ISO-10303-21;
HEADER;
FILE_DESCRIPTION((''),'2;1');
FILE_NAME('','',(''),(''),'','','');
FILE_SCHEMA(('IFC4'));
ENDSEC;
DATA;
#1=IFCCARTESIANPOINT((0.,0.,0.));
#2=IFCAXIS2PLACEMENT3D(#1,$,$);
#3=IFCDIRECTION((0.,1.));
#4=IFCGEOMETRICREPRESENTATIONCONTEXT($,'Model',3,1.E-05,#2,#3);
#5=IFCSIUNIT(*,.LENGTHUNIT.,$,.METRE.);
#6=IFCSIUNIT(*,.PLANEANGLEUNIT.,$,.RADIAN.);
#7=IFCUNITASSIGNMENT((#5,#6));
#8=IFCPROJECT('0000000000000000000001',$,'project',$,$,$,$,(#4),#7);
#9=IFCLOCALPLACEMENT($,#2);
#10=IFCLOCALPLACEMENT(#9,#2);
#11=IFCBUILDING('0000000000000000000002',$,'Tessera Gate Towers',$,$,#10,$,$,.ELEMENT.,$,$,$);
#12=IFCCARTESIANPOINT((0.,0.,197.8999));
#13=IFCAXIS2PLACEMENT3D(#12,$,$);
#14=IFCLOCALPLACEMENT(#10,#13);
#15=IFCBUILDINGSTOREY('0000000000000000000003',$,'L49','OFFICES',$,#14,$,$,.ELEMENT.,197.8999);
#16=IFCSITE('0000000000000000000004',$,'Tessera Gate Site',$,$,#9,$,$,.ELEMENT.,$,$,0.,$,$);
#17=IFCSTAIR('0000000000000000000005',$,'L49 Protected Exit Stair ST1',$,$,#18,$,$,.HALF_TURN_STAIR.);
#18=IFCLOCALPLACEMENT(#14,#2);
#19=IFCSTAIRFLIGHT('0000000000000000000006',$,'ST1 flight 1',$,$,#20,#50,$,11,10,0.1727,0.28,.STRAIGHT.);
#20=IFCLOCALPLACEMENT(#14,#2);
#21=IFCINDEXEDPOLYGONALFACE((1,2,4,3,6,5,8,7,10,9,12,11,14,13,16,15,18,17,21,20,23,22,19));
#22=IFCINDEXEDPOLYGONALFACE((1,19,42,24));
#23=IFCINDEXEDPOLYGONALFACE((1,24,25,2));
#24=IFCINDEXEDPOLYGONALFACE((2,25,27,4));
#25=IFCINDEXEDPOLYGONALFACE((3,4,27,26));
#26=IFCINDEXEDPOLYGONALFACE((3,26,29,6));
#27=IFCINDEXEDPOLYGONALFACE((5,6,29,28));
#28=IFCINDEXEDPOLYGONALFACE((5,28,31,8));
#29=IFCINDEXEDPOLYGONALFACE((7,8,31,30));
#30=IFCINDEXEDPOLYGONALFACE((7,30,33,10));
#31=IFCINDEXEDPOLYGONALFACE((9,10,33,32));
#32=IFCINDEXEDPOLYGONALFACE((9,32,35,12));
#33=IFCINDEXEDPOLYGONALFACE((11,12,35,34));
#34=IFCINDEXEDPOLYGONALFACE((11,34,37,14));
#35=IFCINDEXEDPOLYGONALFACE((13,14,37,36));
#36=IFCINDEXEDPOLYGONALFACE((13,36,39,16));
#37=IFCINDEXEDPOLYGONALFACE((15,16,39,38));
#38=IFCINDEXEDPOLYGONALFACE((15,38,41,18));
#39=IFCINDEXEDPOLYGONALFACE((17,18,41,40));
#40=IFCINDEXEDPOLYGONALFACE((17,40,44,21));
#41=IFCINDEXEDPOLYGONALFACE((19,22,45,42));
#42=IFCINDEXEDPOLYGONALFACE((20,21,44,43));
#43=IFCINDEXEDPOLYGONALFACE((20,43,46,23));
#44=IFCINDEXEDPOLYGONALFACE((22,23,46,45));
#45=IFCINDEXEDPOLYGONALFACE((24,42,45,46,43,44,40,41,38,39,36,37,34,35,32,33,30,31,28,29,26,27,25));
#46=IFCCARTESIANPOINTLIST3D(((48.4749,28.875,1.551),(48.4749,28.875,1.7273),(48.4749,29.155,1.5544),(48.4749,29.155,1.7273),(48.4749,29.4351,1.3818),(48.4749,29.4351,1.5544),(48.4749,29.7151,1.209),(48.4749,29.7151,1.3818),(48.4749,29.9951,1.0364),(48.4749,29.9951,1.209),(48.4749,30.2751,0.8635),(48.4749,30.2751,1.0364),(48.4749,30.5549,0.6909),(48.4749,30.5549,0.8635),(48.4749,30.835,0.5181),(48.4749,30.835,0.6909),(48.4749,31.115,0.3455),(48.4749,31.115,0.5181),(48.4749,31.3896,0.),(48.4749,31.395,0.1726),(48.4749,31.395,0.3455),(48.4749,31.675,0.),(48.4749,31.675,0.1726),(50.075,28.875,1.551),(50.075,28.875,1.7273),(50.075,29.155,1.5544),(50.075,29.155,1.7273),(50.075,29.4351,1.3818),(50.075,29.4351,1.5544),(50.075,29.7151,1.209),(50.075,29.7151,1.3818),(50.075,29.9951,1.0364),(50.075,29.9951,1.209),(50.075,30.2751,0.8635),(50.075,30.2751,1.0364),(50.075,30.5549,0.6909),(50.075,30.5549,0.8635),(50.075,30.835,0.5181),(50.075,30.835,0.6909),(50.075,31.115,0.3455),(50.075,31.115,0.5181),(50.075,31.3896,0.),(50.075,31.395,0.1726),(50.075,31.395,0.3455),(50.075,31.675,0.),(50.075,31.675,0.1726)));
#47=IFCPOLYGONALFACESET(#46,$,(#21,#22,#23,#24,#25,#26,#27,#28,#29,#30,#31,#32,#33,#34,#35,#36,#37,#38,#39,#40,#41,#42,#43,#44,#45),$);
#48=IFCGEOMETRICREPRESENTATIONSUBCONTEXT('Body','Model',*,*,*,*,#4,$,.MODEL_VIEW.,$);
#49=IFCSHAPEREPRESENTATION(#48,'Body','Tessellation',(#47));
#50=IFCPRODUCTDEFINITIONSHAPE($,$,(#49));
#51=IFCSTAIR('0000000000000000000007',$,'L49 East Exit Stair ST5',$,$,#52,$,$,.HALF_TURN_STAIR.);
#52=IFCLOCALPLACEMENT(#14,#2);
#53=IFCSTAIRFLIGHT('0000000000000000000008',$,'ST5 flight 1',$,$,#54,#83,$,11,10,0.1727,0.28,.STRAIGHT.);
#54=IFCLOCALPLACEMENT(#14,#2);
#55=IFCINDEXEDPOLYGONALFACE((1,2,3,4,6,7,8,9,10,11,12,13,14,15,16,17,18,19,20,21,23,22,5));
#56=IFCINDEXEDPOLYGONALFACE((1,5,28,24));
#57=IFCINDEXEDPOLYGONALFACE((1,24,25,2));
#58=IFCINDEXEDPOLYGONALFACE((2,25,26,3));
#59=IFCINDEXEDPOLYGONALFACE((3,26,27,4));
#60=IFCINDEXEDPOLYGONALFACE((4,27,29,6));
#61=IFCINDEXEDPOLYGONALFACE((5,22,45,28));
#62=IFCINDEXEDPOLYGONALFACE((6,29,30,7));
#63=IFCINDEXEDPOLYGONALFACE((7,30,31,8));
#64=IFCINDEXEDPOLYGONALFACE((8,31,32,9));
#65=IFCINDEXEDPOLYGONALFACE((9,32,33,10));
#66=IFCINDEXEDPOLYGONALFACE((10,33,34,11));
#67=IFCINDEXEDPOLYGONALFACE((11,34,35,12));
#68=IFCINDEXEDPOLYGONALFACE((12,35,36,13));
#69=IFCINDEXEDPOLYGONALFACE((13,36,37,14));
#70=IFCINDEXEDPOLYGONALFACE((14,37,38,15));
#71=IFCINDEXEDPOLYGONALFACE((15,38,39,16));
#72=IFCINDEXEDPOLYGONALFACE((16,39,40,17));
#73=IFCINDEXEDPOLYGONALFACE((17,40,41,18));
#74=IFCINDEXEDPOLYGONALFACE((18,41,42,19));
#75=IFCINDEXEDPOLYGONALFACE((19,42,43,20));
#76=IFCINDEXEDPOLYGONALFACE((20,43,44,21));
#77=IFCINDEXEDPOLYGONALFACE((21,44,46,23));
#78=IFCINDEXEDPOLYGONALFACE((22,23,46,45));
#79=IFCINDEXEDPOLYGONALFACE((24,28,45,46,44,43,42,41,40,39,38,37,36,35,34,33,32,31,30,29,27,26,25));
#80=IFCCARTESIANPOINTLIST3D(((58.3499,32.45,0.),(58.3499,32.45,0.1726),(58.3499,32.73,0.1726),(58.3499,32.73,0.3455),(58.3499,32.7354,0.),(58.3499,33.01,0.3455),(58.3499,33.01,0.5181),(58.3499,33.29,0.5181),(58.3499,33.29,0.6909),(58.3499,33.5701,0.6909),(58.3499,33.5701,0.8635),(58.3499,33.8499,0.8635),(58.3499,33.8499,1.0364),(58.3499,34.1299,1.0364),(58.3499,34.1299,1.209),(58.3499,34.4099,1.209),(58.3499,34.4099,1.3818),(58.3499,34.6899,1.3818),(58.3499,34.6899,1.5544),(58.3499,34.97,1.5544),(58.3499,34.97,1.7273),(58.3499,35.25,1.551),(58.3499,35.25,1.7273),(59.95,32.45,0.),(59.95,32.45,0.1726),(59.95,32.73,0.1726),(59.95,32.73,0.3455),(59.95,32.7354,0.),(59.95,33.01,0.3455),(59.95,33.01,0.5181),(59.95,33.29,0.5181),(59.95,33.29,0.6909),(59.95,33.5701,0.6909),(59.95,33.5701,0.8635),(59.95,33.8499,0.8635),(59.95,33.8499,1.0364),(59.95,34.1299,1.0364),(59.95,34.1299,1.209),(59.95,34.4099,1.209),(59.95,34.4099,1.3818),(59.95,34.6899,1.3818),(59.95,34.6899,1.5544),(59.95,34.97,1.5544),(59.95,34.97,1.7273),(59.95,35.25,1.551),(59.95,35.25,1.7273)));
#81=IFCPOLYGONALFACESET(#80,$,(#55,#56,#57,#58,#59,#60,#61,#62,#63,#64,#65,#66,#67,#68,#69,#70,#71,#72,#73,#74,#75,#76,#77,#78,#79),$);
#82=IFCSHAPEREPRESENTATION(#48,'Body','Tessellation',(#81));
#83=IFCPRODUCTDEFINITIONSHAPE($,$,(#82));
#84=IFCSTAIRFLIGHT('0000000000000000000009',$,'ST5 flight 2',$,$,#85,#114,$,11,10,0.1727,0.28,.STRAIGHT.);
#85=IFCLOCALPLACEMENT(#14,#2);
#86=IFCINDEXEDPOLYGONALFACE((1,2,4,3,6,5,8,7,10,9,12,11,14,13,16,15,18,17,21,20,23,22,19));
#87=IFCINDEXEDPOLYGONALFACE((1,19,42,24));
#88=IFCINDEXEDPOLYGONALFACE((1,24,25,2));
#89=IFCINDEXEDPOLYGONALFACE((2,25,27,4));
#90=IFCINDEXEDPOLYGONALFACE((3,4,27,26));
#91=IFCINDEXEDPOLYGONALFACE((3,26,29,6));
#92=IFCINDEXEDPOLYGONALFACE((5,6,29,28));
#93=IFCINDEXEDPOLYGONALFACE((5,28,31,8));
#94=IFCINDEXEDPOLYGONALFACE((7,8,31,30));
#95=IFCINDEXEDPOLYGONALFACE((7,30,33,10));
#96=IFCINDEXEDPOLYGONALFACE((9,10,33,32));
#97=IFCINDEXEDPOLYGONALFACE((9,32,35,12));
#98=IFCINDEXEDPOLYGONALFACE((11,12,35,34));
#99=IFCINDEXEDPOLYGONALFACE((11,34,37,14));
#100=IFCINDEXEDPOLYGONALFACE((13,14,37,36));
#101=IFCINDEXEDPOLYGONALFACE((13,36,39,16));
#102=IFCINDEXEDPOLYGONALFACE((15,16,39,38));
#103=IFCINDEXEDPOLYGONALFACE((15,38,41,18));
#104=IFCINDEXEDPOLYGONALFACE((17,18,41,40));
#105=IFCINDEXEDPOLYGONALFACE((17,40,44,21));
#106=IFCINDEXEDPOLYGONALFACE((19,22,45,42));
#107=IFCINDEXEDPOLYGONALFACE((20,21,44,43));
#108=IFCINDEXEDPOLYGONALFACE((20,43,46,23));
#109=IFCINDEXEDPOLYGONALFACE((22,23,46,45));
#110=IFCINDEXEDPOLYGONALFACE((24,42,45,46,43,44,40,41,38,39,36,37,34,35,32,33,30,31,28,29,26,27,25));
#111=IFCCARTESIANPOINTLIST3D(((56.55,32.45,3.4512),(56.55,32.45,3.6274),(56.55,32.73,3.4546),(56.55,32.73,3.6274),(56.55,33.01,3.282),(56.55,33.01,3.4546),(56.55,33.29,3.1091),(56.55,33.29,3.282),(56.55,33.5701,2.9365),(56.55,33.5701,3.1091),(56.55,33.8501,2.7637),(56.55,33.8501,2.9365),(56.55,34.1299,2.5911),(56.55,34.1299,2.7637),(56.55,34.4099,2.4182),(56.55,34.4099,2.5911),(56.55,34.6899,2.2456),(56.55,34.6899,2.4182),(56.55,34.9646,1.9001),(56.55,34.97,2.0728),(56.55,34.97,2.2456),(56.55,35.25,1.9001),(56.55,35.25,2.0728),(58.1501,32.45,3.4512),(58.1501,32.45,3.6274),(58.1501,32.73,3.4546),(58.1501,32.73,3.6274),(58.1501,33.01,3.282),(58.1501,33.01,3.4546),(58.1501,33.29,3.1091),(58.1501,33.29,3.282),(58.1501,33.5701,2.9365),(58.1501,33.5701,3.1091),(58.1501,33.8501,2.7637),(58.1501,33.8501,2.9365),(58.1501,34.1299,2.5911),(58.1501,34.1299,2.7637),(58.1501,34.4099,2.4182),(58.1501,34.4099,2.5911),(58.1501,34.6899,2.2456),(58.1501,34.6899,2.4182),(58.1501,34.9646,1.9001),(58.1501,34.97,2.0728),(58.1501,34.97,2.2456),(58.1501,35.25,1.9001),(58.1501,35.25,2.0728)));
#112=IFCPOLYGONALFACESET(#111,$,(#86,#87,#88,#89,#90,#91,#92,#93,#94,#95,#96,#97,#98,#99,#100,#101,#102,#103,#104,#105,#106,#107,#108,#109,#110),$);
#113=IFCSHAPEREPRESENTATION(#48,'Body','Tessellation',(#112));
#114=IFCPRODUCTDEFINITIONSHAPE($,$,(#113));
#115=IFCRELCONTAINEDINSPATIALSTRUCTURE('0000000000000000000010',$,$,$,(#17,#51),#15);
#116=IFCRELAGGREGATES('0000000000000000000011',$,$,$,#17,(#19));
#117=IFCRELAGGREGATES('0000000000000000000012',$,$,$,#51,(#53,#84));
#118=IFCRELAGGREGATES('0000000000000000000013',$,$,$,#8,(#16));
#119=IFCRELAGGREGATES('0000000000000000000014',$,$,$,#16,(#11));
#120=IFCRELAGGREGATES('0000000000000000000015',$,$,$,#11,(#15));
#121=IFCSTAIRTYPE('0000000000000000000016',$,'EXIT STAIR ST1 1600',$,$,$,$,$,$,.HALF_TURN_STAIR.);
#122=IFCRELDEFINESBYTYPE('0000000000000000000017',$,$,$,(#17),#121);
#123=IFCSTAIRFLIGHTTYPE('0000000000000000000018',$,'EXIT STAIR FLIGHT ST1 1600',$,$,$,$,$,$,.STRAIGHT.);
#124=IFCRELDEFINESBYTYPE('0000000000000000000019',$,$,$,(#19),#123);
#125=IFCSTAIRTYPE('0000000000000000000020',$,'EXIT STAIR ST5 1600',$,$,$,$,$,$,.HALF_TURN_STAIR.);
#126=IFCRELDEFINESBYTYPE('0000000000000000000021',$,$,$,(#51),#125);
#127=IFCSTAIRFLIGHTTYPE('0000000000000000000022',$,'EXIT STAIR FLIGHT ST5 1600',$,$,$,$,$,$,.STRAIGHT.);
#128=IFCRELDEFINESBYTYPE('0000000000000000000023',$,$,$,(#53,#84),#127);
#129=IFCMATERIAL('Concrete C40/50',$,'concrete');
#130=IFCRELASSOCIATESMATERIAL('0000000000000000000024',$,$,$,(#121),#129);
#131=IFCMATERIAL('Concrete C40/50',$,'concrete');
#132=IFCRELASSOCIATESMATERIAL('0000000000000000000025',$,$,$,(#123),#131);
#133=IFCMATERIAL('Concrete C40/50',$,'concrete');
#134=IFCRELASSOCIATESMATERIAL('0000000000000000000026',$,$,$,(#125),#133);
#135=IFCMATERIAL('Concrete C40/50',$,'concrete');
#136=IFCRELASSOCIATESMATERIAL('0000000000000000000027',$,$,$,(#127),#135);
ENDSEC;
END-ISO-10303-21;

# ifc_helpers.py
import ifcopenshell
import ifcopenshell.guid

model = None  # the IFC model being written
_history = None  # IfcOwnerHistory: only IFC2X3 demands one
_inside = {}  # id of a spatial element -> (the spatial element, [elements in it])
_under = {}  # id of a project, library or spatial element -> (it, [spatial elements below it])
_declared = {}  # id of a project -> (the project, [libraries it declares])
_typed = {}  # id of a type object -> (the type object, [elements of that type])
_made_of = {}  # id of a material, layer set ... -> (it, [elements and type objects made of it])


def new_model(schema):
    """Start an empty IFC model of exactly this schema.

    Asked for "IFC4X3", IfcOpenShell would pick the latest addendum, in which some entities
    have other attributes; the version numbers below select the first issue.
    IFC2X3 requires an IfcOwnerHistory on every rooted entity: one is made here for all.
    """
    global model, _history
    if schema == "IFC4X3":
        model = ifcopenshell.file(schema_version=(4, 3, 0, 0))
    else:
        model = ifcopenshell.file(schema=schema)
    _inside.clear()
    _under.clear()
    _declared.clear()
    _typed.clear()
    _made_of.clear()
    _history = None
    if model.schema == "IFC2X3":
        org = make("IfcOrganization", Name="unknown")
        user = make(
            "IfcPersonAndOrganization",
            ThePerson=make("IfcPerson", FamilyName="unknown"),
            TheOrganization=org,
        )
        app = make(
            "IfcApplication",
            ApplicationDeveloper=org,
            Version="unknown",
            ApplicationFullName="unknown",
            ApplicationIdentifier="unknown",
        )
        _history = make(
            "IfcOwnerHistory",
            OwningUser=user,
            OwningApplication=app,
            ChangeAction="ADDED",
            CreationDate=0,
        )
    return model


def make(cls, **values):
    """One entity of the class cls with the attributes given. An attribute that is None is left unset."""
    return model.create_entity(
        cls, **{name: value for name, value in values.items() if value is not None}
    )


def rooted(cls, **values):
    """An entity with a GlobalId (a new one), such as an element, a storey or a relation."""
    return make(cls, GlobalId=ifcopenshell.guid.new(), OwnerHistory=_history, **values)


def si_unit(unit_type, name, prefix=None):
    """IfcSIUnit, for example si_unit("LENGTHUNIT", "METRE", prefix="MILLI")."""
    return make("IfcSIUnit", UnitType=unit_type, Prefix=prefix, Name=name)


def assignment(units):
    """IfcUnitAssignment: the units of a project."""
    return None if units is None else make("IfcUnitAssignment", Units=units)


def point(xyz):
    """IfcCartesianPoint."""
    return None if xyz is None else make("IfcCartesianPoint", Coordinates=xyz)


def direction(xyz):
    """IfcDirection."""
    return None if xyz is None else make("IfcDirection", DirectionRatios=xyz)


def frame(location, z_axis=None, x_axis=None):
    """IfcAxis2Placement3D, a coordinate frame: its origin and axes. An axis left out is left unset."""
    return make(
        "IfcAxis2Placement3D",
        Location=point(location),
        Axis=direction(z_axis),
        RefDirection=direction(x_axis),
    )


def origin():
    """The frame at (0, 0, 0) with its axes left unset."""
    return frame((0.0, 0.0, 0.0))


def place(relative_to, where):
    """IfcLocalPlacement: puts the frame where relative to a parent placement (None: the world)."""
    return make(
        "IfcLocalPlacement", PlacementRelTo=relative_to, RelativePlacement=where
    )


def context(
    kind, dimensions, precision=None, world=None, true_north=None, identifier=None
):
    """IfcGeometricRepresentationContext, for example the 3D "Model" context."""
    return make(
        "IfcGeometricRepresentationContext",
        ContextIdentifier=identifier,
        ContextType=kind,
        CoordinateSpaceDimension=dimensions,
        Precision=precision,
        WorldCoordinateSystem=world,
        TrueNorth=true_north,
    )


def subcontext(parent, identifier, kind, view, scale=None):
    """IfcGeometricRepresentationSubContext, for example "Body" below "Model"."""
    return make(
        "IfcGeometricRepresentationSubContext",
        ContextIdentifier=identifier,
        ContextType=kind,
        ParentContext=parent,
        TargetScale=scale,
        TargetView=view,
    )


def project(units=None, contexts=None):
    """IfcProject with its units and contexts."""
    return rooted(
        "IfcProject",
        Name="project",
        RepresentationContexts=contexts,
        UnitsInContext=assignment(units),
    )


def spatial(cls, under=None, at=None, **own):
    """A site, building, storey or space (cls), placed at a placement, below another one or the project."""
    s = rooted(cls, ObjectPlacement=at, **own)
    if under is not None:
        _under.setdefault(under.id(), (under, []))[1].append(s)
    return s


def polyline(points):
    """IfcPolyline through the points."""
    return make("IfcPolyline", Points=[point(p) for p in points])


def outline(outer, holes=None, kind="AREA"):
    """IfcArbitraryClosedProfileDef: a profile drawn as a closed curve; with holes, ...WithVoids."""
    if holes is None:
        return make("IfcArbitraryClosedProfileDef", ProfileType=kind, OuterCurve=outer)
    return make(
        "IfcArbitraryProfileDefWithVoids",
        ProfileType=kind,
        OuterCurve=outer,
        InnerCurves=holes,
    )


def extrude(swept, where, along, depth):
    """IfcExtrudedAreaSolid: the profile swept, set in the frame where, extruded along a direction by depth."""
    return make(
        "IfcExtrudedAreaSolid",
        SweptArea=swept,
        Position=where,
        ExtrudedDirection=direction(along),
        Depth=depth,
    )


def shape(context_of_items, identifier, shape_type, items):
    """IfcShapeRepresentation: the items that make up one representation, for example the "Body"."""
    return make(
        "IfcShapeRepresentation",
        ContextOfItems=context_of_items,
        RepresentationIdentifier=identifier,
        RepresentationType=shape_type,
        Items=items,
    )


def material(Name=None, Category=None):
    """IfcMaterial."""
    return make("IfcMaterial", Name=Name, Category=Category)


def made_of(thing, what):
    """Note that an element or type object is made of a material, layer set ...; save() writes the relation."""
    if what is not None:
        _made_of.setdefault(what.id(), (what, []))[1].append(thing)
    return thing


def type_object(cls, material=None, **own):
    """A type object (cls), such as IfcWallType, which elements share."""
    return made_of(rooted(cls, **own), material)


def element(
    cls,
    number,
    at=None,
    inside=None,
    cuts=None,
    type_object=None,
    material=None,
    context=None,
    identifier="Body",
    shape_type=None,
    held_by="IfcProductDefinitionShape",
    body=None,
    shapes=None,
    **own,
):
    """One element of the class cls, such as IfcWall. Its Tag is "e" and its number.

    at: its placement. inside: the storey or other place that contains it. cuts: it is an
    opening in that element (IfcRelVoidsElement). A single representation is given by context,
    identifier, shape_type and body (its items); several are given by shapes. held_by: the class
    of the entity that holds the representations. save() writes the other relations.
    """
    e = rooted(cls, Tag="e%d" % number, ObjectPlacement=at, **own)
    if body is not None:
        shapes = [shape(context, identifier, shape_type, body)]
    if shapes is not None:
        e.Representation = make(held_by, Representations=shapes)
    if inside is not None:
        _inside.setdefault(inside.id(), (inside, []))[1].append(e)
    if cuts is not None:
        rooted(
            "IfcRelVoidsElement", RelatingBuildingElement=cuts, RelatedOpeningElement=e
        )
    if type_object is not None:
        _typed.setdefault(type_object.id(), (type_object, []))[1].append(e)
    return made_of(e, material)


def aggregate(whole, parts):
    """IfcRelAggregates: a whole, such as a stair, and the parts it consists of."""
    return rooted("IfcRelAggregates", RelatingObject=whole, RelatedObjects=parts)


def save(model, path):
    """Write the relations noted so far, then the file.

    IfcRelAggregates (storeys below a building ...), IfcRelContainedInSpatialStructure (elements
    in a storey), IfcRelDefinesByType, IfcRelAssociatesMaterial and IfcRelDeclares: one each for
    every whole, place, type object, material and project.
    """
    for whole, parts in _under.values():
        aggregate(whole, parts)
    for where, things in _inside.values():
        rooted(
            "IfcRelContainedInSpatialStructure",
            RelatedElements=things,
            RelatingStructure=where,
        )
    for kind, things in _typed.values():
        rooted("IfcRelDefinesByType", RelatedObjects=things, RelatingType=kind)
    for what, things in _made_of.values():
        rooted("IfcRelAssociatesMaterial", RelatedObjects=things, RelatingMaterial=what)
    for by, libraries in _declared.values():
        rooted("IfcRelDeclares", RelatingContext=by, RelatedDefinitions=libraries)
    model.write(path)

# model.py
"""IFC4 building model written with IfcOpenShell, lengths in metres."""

from ifc_helpers import new_model, si_unit, direction, frame, origin, place, context, subcontext, project, spatial, polyline, outline, extrude, material, type_object, element, aggregate, save


model = new_model("IFC4")

# Units and contexts
model_context = context("Model", 3, precision=1e-05, world=origin(), true_north=direction((0.0, 1.0)))
body_context = subcontext(model_context, "Body", "Model", "MODEL_VIEW")
ifc_project = project(units=[si_unit("LENGTHUNIT", "METRE"), si_unit("PLANEANGLEUNIT", "RADIAN")], contexts=[model_context])

# Site, building, storey
site_placement = place(None, origin())
site = spatial("IfcSite", under=ifc_project, at=site_placement, Name="Tessera Gate Site", CompositionType="ELEMENT", RefElevation=0.0)
building_placement = place(site_placement, origin())
building = spatial("IfcBuilding", under=site, at=building_placement, Name="Tessera Gate Towers", CompositionType="ELEMENT")
storey_placement = place(building_placement, frame((0.0, 0.0, 197.8999)))
storey = spatial("IfcBuildingStorey", under=building, at=storey_placement, Name="L49", Description="OFFICES", CompositionType="ELEMENT", Elevation=197.8999)

# Stair, stair flight
ifc_material_1 = material(Name="Concrete C40/50", Category="concrete")
stair_type_1 = type_object("IfcStairType", Name="EXIT STAIR ST1 1600", PredefinedType="HALF_TURN_STAIR", material=ifc_material_1)
stair_1_placement = place(storey_placement, origin())
stair_1 = element("IfcStair", 1, at=stair_1_placement, inside=storey, type_object=stair_type_1, Name="L49 Protected Exit Stair ST1", PredefinedType="HALF_TURN_STAIR")
ifc_material_2 = material(Name="Concrete C40/50", Category="concrete")
stair_flight_type_1 = type_object("IfcStairFlightType", Name="EXIT STAIR FLIGHT ST1 1600", PredefinedType="STRAIGHT", material=ifc_material_2)
stair_flight_1_placement = place(storey_placement, frame((49.2749, 31.675, 0.0), z_axis=(0.0, 0.0, 1.0), x_axis=(0.0, -1.0, 0.0)))
stair_flight_1 = element("IfcStairFlight", 2, at=stair_flight_1_placement, type_object=stair_flight_type_1, Name="ST1 flight 1", NumberOfRisers=11, NumberOfTreads=10, PredefinedType="STRAIGHT", RiserHeight=0.1727, TreadLength=0.28, context=body_context, shape_type="SweptSolid", body=[
    extrude(outline(polyline([(0.0, 0.0), (0.0, 0.1726), (0.28, 0.1726), (0.28, 0.3455), (0.5601, 0.3455), (0.5601, 0.5181), (0.8401, 0.5181), (0.8401, 0.6909), (1.1201, 0.6909), (1.1201, 0.8635), (1.3999, 0.8635), (1.3999, 1.0364), (1.6799, 1.0364), (1.6799, 1.209), (1.96, 1.209), (1.96, 1.3818), (2.24, 1.3818), (2.24, 1.5544), (2.52, 1.5544), (2.52, 1.7273), (2.8, 1.7273), (2.8, 1.8999), (2.8, 1.551), (0.2854, 0.0), (0.0, 0.0)])), frame((0.0, 0.8, 0.0), z_axis=(0.0, -1.0, 0.0), x_axis=(1.0, 0.0, 0.0)), (0.0, 0.0, 1.0), 1.6001),
])
aggregate(stair_1, [stair_flight_1])

# Stair, stair flights
ifc_material_3 = material(Name="Concrete C40/50", Category="concrete")
stair_type_2 = type_object("IfcStairType", Name="EXIT STAIR ST5 1600", PredefinedType="HALF_TURN_STAIR", material=ifc_material_3)
stair_2_placement = place(storey_placement, origin())
stair_2 = element("IfcStair", 3, at=stair_2_placement, inside=storey, type_object=stair_type_2, Name="L49 East Exit Stair ST5", PredefinedType="HALF_TURN_STAIR")
ifc_material_4 = material(Name="Concrete C40/50", Category="concrete")
stair_flight_type_2 = type_object("IfcStairFlightType", Name="EXIT STAIR FLIGHT ST5 1600", PredefinedType="STRAIGHT", material=ifc_material_4)
stair_flight_2_placement = place(storey_placement, frame((59.1499, 32.45, 0.0), z_axis=(0.0, 0.0, 1.0), x_axis=(0.0, 1.0, 0.0)))
stair_flight_2 = element("IfcStairFlight", 4, at=stair_flight_2_placement, type_object=stair_flight_type_2, Name="ST5 flight 1", NumberOfRisers=11, NumberOfTreads=10, PredefinedType="STRAIGHT", RiserHeight=0.1727, TreadLength=0.28, context=body_context, shape_type="SweptSolid", body=[
    extrude(outline(polyline([(0.0, 0.0), (0.0, 0.1726), (0.28, 0.1726), (0.28, 0.3455), (0.5601, 0.3455), (0.5601, 0.5181), (0.8401, 0.5181), (0.8401, 0.6909), (1.1201, 0.6909), (1.1201, 0.8635), (1.3999, 0.8635), (1.3999, 1.0364), (1.6799, 1.0364), (1.6799, 1.209), (1.96, 1.209), (1.96, 1.3818), (2.24, 1.3818), (2.24, 1.5544), (2.52, 1.5544), (2.52, 1.7273), (2.8, 1.7273), (2.8, 1.8999), (2.8, 1.551), (0.2854, 0.0), (0.0, 0.0)])), frame((0.0, 0.8, 0.0), z_axis=(0.0, -1.0, 0.0), x_axis=(1.0, 0.0, 0.0)), (0.0, 0.0, 1.0), 1.6001),
])
stair_flight_3_placement = place(storey_placement, frame((57.3501, 35.25, 1.9001), z_axis=(0.0, 0.0, 1.0), x_axis=(0.0, -1.0, 0.0)))
stair_flight_3 = element("IfcStairFlight", 5, at=stair_flight_3_placement, type_object=stair_flight_type_2, Name="ST5 flight 2", NumberOfRisers=11, NumberOfTreads=10, PredefinedType="STRAIGHT", RiserHeight=0.1727, TreadLength=0.28, context=body_context, shape_type="SweptSolid", body=[
    extrude(outline(polyline([(0.0, 0.0), (0.0, 0.1726), (0.28, 0.1726), (0.28, 0.3455), (0.5601, 0.3455), (0.5601, 0.5181), (0.8401, 0.5181), (0.8401, 0.6909), (1.1201, 0.6909), (1.1201, 0.8635), (1.3999, 0.8635), (1.3999, 1.0364), (1.6799, 1.0364), (1.6799, 1.209), (1.96, 1.209), (1.96, 1.3818), (2.24, 1.3818), (2.24, 1.5544), (2.52, 1.5544), (2.52, 1.7273), (2.8, 1.7273), (2.8, 1.8999), (2.8, 1.551), (0.2854, 0.0), (0.0, 0.0)])), frame((0.0, 0.8, 0.0), z_axis=(0.0, -1.0, 0.0), x_axis=(1.0, 0.0, 0.0)), (0.0, 0.0, 1.0), 1.6001),
])
aggregate(stair_2, [stair_flight_2, stair_flight_3])

save(model, "model.ifc")
